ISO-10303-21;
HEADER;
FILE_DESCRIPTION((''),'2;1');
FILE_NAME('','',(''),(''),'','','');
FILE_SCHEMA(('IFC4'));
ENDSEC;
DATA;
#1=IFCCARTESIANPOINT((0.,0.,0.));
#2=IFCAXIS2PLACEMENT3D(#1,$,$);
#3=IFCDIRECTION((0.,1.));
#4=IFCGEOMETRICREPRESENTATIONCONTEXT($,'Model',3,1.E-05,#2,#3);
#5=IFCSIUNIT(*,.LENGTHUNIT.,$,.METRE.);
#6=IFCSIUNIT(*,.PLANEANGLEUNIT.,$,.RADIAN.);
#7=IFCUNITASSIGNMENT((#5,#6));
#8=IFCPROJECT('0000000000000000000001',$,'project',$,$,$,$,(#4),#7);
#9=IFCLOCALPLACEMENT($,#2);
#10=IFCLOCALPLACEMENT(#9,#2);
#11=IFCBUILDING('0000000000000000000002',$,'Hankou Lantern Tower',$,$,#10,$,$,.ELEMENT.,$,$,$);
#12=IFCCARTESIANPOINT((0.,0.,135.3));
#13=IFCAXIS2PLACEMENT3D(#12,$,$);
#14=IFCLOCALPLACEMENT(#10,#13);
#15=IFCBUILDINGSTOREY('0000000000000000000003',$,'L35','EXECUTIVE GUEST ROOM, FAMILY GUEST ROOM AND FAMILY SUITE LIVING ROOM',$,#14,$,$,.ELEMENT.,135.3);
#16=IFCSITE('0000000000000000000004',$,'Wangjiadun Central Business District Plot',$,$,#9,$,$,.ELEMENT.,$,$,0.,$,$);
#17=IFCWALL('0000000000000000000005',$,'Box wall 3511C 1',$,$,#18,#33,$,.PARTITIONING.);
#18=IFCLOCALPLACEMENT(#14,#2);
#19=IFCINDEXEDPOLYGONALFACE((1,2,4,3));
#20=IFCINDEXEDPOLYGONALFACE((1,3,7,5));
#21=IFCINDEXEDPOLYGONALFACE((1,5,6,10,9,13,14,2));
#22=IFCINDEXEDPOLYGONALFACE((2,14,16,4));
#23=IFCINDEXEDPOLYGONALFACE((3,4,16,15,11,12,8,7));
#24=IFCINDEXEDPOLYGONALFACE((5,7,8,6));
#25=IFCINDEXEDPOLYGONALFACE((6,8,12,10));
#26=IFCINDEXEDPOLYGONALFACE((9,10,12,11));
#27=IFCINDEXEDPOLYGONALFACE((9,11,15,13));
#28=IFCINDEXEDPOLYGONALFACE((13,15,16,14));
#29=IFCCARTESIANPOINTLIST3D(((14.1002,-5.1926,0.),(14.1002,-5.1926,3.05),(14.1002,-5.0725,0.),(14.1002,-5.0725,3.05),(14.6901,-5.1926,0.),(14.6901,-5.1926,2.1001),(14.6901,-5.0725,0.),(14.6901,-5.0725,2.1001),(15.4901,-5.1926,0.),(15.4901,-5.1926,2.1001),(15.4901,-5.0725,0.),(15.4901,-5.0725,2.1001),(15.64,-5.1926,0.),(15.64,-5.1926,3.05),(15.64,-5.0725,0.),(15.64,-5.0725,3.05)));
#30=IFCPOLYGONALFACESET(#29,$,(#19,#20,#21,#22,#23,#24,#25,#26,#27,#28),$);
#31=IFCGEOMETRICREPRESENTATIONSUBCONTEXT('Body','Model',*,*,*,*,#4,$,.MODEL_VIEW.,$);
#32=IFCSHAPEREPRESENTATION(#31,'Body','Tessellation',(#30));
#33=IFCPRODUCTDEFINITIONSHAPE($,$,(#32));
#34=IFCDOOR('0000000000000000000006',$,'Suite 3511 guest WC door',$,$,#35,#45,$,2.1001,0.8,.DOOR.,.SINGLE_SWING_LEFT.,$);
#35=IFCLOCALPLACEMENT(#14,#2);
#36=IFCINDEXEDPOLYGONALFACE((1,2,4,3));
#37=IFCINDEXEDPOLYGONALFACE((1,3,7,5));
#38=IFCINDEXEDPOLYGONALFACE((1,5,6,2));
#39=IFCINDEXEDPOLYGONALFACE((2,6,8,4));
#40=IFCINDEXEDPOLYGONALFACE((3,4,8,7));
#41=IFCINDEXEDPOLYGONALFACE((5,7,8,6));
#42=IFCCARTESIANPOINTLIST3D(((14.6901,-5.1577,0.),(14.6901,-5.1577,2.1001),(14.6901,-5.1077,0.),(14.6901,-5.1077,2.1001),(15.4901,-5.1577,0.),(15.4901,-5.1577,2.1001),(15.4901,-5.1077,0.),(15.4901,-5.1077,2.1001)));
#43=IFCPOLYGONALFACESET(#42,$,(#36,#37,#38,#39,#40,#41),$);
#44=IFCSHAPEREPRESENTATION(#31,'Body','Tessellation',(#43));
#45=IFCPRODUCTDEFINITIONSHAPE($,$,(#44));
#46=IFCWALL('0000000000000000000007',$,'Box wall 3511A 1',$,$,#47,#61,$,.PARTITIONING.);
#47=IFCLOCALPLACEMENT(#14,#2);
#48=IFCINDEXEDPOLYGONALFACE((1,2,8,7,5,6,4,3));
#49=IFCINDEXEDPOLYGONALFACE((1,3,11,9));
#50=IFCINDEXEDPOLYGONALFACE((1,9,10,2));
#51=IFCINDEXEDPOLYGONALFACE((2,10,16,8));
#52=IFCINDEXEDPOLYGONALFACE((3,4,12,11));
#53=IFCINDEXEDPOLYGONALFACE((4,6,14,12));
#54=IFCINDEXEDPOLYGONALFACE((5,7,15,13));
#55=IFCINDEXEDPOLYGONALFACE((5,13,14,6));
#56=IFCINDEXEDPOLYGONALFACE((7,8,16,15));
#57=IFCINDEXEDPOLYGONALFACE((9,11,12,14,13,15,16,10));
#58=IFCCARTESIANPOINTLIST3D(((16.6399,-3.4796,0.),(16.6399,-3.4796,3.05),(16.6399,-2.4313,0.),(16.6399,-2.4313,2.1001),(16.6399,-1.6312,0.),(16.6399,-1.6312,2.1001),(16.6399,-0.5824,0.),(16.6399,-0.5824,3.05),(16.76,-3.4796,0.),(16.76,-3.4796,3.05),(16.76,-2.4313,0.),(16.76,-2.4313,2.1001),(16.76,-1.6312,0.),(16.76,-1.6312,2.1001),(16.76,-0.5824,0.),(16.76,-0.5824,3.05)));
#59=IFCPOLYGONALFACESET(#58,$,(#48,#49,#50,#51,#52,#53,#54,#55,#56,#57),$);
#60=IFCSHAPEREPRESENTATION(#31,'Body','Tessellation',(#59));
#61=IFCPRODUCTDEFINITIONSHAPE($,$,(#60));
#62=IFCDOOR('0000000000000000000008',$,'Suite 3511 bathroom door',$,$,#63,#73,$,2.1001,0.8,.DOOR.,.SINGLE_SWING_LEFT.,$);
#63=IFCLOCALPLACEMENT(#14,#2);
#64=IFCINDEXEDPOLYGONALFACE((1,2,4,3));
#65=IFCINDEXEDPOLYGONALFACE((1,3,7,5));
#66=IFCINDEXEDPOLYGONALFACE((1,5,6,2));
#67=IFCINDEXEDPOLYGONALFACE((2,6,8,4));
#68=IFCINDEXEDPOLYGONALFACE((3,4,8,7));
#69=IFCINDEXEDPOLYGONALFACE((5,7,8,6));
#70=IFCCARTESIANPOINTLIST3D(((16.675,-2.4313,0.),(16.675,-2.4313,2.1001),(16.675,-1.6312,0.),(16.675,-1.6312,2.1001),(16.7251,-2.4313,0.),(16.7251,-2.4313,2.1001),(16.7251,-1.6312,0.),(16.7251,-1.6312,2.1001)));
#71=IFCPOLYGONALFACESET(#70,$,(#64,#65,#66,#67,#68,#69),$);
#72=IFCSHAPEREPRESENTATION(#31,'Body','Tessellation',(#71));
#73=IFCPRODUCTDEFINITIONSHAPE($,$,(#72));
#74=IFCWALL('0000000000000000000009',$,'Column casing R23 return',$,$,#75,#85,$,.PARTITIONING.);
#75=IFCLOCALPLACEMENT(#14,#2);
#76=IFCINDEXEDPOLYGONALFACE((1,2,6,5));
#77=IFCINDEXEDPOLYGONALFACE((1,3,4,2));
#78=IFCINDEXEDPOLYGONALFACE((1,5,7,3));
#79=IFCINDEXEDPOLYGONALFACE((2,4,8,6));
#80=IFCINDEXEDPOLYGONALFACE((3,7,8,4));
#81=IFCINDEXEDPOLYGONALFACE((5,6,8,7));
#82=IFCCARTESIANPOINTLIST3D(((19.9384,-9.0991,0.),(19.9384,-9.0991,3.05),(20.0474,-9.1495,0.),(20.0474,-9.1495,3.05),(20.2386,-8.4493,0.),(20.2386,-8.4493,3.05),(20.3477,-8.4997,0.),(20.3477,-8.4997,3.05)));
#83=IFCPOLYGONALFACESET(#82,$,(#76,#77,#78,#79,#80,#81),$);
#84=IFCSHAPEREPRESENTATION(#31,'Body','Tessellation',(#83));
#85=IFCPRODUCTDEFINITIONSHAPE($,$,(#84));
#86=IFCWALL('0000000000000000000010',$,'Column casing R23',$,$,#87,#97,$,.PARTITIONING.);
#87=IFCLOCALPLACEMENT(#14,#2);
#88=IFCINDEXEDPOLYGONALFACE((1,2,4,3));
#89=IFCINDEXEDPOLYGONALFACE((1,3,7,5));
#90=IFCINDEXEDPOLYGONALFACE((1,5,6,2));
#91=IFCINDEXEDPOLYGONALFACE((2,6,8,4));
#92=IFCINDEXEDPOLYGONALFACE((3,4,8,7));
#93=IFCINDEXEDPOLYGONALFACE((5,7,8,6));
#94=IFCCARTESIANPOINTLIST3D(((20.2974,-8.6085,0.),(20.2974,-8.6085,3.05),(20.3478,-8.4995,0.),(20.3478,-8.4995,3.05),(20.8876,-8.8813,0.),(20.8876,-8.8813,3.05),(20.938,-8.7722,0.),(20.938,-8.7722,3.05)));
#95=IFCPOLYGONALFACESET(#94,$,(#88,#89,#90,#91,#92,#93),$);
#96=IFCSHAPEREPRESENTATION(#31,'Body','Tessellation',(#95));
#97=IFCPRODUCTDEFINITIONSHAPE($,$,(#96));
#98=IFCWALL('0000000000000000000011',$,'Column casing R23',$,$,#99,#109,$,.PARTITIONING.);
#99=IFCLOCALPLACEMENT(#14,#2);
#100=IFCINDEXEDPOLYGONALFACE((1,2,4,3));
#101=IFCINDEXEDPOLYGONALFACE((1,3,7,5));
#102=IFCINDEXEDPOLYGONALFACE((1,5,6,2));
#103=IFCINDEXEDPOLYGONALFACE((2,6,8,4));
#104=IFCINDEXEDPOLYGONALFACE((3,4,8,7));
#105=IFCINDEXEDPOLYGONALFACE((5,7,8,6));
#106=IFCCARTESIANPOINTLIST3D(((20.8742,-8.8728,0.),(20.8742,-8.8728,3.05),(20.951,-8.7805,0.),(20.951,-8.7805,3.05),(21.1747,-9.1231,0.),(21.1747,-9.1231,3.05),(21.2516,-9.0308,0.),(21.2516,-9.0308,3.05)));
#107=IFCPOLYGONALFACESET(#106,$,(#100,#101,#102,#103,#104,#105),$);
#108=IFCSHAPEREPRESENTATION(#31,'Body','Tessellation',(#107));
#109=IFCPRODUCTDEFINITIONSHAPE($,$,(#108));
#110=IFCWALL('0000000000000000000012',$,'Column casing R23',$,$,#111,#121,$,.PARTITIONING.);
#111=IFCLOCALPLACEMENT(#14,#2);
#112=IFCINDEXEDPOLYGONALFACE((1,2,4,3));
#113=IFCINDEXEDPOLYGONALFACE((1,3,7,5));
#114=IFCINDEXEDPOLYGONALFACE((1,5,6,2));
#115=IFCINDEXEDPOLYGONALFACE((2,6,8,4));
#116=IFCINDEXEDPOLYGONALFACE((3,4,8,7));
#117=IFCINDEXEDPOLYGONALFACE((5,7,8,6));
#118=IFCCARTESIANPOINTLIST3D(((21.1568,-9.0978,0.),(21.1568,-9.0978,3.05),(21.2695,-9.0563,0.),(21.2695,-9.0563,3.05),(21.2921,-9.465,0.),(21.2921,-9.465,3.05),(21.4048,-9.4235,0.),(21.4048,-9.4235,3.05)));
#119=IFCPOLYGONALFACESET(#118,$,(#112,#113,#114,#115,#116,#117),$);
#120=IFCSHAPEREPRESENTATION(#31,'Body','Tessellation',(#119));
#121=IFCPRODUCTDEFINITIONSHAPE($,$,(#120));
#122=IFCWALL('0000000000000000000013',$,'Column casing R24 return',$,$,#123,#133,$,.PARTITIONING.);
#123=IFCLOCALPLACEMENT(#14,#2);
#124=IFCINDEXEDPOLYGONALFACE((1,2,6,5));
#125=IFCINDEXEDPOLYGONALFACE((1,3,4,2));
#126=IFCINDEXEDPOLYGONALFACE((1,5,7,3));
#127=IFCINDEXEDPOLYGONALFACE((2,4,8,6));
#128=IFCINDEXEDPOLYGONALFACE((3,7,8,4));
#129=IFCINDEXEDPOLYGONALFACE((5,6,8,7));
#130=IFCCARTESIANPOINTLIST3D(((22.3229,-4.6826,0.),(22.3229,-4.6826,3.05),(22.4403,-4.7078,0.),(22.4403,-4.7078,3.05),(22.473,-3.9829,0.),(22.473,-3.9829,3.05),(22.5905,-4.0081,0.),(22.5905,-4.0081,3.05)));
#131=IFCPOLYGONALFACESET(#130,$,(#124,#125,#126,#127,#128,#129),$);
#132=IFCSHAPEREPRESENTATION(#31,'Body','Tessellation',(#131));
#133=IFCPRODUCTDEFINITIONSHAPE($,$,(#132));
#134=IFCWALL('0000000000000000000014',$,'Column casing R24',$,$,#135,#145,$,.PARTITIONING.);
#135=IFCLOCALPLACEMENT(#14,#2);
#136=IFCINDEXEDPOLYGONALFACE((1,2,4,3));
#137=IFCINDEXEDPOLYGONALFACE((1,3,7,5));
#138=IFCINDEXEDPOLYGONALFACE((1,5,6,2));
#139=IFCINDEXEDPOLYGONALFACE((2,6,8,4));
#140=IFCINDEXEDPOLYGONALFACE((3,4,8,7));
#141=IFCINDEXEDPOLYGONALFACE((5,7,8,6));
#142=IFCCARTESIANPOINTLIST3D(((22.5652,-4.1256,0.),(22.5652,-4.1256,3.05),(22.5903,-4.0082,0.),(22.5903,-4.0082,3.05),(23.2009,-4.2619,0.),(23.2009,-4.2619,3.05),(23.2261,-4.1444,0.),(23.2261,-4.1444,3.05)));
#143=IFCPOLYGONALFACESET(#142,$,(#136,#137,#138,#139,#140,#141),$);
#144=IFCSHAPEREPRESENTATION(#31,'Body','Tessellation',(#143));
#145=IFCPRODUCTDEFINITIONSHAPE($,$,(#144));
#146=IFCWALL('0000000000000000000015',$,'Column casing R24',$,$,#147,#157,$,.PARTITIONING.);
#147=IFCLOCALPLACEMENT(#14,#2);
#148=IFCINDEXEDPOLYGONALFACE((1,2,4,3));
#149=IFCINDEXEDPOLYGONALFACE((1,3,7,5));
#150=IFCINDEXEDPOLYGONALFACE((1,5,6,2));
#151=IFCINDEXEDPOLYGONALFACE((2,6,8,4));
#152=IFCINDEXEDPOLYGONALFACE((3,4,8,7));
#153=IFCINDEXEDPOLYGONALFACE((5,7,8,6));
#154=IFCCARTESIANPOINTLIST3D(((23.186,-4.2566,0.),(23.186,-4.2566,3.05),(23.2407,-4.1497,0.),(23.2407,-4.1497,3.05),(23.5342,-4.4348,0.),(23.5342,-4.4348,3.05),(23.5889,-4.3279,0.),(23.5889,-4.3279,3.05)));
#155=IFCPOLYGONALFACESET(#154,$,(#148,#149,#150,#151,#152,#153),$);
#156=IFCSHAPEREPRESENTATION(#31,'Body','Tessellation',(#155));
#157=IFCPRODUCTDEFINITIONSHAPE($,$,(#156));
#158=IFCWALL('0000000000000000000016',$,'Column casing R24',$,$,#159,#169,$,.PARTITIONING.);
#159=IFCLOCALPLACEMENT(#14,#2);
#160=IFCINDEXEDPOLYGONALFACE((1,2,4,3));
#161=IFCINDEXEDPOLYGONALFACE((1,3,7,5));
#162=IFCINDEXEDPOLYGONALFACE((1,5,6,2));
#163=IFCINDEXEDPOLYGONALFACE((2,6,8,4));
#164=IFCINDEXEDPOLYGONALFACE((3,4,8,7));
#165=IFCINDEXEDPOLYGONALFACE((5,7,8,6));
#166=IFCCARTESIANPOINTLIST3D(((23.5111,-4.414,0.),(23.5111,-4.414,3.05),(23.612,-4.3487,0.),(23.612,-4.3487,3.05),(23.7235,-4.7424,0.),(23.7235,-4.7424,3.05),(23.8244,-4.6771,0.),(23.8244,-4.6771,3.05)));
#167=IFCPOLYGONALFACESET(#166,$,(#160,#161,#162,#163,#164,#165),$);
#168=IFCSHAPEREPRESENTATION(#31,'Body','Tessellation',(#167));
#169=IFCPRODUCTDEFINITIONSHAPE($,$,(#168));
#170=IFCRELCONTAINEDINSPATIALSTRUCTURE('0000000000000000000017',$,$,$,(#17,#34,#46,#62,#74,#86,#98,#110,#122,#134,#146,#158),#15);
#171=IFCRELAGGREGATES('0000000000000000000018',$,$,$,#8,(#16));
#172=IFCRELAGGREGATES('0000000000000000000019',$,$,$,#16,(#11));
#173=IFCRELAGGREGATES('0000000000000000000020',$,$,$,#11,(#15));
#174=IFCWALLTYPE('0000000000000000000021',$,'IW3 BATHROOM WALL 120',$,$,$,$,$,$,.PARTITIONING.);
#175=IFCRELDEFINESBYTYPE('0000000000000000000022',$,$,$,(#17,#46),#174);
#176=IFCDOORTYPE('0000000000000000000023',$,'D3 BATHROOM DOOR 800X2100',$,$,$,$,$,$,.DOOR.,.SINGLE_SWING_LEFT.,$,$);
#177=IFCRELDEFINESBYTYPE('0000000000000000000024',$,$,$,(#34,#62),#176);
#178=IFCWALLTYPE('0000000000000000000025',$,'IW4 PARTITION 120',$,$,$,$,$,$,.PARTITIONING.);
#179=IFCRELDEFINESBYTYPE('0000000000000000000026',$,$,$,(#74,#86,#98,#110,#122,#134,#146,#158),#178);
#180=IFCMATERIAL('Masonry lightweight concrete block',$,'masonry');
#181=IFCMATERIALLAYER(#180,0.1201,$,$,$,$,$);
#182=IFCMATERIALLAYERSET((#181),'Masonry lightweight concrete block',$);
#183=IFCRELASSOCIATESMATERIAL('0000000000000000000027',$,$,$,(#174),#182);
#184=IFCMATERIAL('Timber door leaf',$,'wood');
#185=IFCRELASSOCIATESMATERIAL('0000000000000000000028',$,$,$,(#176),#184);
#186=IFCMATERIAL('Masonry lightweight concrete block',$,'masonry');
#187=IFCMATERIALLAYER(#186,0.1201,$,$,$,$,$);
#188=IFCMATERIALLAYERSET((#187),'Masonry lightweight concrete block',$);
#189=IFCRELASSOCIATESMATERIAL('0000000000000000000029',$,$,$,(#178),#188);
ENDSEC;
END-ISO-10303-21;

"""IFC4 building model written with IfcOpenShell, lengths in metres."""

from ifc_helpers import new_model, si_unit, direction, frame, frame_2d, origin, place, context, subcontext, project, spatial, rectangle, extrude, material, layer, layer_set, type_object, element, fill, save


model = new_model("IFC4")

# Units and contexts
model_context = context("Model", 3, precision=1e-05, world=origin(), true_north=direction((0.0, 1.0)))
body_context = subcontext(model_context, "Body", "Model", "MODEL_VIEW")
ifc_project = project(units=[si_unit("LENGTHUNIT", "METRE"), si_unit("PLANEANGLEUNIT", "RADIAN")], contexts=[model_context])

# Site, building, storey
site_placement = place(None, origin())
site = spatial("IfcSite", under=ifc_project, at=site_placement, Name="Wangjiadun Central Business District Plot", CompositionType="ELEMENT", RefElevation=0.0)
building_placement = place(site_placement, origin())
building = spatial("IfcBuilding", under=site, at=building_placement, Name="Hankou Lantern Tower", CompositionType="ELEMENT")
storey_placement = place(building_placement, frame((0.0, 0.0, 135.3)))
storey = spatial("IfcBuildingStorey", under=building, at=storey_placement, Name="L35", Description="EXECUTIVE GUEST ROOM, FAMILY GUEST ROOM AND FAMILY SUITE LIVING ROOM", CompositionType="ELEMENT", Elevation=135.3)

# Shared definitions
ifc_material_1 = material(Name="Masonry lightweight concrete block", Category="masonry")
ifc_layer_1 = layer(ifc_material_1, 0.1201)
ifc_layer_set_1 = layer_set([ifc_layer_1], Name="Masonry lightweight concrete block")
wall_type_1 = type_object("IfcWallType", Name="IW3 BATHROOM WALL 120", PredefinedType="PARTITIONING", material=ifc_layer_set_1)

# Shared definitions
ifc_material_2 = material(Name="Timber door leaf", Category="wood")
door_type_1 = type_object("IfcDoorType", Name="D3 BATHROOM DOOR 800X2100", OperationType="SINGLE_SWING_LEFT", PredefinedType="DOOR", material=ifc_material_2)

# Walls, openings, doors
wall_1_placement = place(storey_placement, frame((14.1001, -5.1326, 0.0), z_axis=(0.0, 0.0, 1.0), x_axis=(1.0, 0.0, 0.0)))
wall_1 = element("IfcWall", 1, at=wall_1_placement, inside=storey, type_object=wall_type_1, Name="Box wall 3511C 1", PredefinedType="PARTITIONING", context=body_context, shape_type="SweptSolid", body=[
    extrude(rectangle(XDim=1.5398, YDim=0.1201, at=frame_2d((0.77, 0.0))), origin(), (0.0, 0.0, 1.0), 3.05),
])
opening_1_placement = place(wall_1_placement, frame((0.5901, 0.0, 0.0)))
opening_1 = element("IfcOpeningElement", 2, at=opening_1_placement, cuts=wall_1, PredefinedType="OPENING", context=body_context, shape_type="SweptSolid", body=[
    extrude(rectangle(XDim=0.8, YDim=2.1001, at=frame_2d((0.3999, 1.05))), frame((0.0, 0.0701, 0.0), z_axis=(0.0, -1.0, 0.0), x_axis=(1.0, 0.0, 0.0)), (0.0, 0.0, 1.0), 0.1401),
])
door_1_placement = place(opening_1_placement, origin())
door_1 = element("IfcDoor", 3, at=door_1_placement, inside=storey, type_object=door_type_1, Name="Suite 3511 guest WC door", OperationType="SINGLE_SWING_LEFT", OverallHeight=2.1001, OverallWidth=0.8, PredefinedType="DOOR", context=body_context, shape_type="SweptSolid", body=[
    extrude(rectangle(XDim=0.8, YDim=2.1001, at=frame_2d((0.3999, 1.05))), frame((0.0, 0.0249, 0.0), z_axis=(0.0, -1.0, 0.0), x_axis=(1.0, 0.0, 0.0)), (0.0, 0.0, 1.0), 0.05),
])
fill(opening_1, door_1)
wall_2_placement = place(storey_placement, frame((16.7, -3.4797, 0.0), z_axis=(0.0, 0.0, 1.0), x_axis=(0.0, 1.0, 0.0)))
wall_2 = element("IfcWall", 4, at=wall_2_placement, inside=storey, type_object=wall_type_1, Name="Box wall 3511A 1", PredefinedType="PARTITIONING", context=body_context, shape_type="SweptSolid", body=[
    extrude(rectangle(XDim=2.8972, YDim=0.1201, at=frame_2d((1.4487, 0.0))), origin(), (0.0, 0.0, 1.0), 3.05),
])
opening_2_placement = place(wall_2_placement, frame((1.0486, 0.0, 0.0)))
opening_2 = element("IfcOpeningElement", 5, at=opening_2_placement, cuts=wall_2, PredefinedType="OPENING", context=body_context, shape_type="SweptSolid", body=[
    extrude(rectangle(XDim=0.8, YDim=2.1001, at=frame_2d((0.3999, 1.05))), frame((0.0, 0.0701, 0.0), z_axis=(0.0, -1.0, 0.0), x_axis=(1.0, 0.0, 0.0)), (0.0, 0.0, 1.0), 0.1401),
])
door_2_placement = place(opening_2_placement, origin())
door_2 = element("IfcDoor", 6, at=door_2_placement, inside=storey, type_object=door_type_1, Name="Suite 3511 bathroom door", OperationType="SINGLE_SWING_LEFT", OverallHeight=2.1001, OverallWidth=0.8, PredefinedType="DOOR", context=body_context, shape_type="SweptSolid", body=[
    extrude(rectangle(XDim=0.8, YDim=2.1001, at=frame_2d((0.3999, 1.05))), frame((0.0, 0.0249, 0.0), z_axis=(0.0, -1.0, 0.0), x_axis=(1.0, 0.0, 0.0)), (0.0, 0.0, 1.0), 0.05),
])
fill(opening_2, door_2)

# Walls
ifc_material_3 = material(Name="Masonry lightweight concrete block", Category="masonry")
ifc_layer_2 = layer(ifc_material_3, 0.1201)
ifc_layer_set_2 = layer_set([ifc_layer_2], Name="Masonry lightweight concrete block")
wall_type_2 = type_object("IfcWallType", Name="IW4 PARTITION 120", PredefinedType="PARTITIONING", material=ifc_layer_set_2)
wall_3_placement = place(storey_placement, frame((19.9929, -9.1243, 0.0), z_axis=(0.0, 0.0, 1.0), x_axis=(0.419447, 0.90778, 0.0)))
element("IfcWall", 7, at=wall_3_placement, inside=storey, type_object=wall_type_2, Name="Column casing R23 return", PredefinedType="PARTITIONING", context=body_context, shape_type="SweptSolid", body=[
    extrude(rectangle(XDim=0.7158, YDim=0.1201, at=frame_2d((0.3579, 0.0))), origin(), (0.0, 0.0, 1.0), 3.05),
])
wall_4_placement = place(storey_placement, frame((20.3225, -8.554, 0.0), z_axis=(0.0, 0.0, 1.0), x_axis=(0.90775, -0.419511, 0.0)))
element("IfcWall", 8, at=wall_4_placement, inside=storey, type_object=wall_type_2, Name="Column casing R23", PredefinedType="PARTITIONING", context=body_context, shape_type="SweptSolid", body=[
    extrude(rectangle(XDim=0.6501, YDim=0.1201, at=frame_2d((0.3252, 0.0))), origin(), (0.0, 0.0, 1.0), 3.05),
])
wall_5_placement = place(storey_placement, frame((20.9126, -8.8267, 0.0), z_axis=(0.0, 0.0, 1.0), x_axis=(0.768477, -0.639877, 0.0)))
element("IfcWall", 9, at=wall_5_placement, inside=storey, type_object=wall_type_2, Name="Column casing R23", PredefinedType="PARTITIONING", context=body_context, shape_type="SweptSolid", body=[
    extrude(rectangle(XDim=0.3911, YDim=0.1201, at=frame_2d((0.1956, 0.0))), origin(), (0.0, 0.0, 1.0), 3.05),
])
wall_6_placement = place(storey_placement, frame((21.2131, -9.0769, 0.0), z_axis=(0.0, 0.0, 1.0), x_axis=(0.345648, -0.938364, 0.0)))
element("IfcWall", 10, at=wall_6_placement, inside=storey, type_object=wall_type_2, Name="Column casing R23", PredefinedType="PARTITIONING", context=body_context, shape_type="SweptSolid", body=[
    extrude(rectangle(XDim=0.3914, YDim=0.1201, at=frame_2d((0.1958, 0.0))), origin(), (0.0, 0.0, 1.0), 3.05),
])
wall_7_placement = place(storey_placement, frame((22.3816, -4.6953, 0.0), z_axis=(0.0, 0.0, 1.0), x_axis=(0.209809, 0.977742, 0.0)))
element("IfcWall", 11, at=wall_7_placement, inside=storey, type_object=wall_type_2, Name="Column casing R24 return", PredefinedType="PARTITIONING", context=body_context, shape_type="SweptSolid", body=[
    extrude(rectangle(XDim=0.7156, YDim=0.1201, at=frame_2d((0.3579, 0.0))), origin(), (0.0, 0.0, 1.0), 3.05),
])
wall_8_placement = place(storey_placement, frame((22.5776, -4.0669, 0.0), z_axis=(0.0, 0.0, 1.0), x_axis=(0.977802, -0.209529, 0.0)))
element("IfcWall", 12, at=wall_8_placement, inside=storey, type_object=wall_type_2, Name="Column casing R24", PredefinedType="PARTITIONING", context=body_context, shape_type="SweptSolid", body=[
    extrude(rectangle(XDim=0.6501, YDim=0.1201, at=frame_2d((0.3252, 0.0))), origin(), (0.0, 0.0, 1.0), 3.05),
])
for number, where, z_axis, x_axis, name in (
    (13, (23.2134, -4.2031, 0.0), (0.0, 0.0, 1.0), (0.890142, -0.455683, 0.0), "Column casing R24"),
    (14, (23.5615, -4.3813, 0.0), (0.0, 0.0, 1.0), (0.543122, -0.839654, 0.0), "Column casing R24"),
):
    element("IfcWall", number, at=place(storey_placement, frame(where, z_axis=z_axis, x_axis=x_axis)), inside=storey, type_object=wall_type_2, Name=name, PredefinedType="PARTITIONING", context=body_context, shape_type="SweptSolid", body=[
        extrude(rectangle(XDim=0.3911, YDim=0.1201, at=frame_2d((0.1956, 0.0))), origin(), (0.0, 0.0, 1.0), 3.05),
    ])

save(model, "model.ifc")
